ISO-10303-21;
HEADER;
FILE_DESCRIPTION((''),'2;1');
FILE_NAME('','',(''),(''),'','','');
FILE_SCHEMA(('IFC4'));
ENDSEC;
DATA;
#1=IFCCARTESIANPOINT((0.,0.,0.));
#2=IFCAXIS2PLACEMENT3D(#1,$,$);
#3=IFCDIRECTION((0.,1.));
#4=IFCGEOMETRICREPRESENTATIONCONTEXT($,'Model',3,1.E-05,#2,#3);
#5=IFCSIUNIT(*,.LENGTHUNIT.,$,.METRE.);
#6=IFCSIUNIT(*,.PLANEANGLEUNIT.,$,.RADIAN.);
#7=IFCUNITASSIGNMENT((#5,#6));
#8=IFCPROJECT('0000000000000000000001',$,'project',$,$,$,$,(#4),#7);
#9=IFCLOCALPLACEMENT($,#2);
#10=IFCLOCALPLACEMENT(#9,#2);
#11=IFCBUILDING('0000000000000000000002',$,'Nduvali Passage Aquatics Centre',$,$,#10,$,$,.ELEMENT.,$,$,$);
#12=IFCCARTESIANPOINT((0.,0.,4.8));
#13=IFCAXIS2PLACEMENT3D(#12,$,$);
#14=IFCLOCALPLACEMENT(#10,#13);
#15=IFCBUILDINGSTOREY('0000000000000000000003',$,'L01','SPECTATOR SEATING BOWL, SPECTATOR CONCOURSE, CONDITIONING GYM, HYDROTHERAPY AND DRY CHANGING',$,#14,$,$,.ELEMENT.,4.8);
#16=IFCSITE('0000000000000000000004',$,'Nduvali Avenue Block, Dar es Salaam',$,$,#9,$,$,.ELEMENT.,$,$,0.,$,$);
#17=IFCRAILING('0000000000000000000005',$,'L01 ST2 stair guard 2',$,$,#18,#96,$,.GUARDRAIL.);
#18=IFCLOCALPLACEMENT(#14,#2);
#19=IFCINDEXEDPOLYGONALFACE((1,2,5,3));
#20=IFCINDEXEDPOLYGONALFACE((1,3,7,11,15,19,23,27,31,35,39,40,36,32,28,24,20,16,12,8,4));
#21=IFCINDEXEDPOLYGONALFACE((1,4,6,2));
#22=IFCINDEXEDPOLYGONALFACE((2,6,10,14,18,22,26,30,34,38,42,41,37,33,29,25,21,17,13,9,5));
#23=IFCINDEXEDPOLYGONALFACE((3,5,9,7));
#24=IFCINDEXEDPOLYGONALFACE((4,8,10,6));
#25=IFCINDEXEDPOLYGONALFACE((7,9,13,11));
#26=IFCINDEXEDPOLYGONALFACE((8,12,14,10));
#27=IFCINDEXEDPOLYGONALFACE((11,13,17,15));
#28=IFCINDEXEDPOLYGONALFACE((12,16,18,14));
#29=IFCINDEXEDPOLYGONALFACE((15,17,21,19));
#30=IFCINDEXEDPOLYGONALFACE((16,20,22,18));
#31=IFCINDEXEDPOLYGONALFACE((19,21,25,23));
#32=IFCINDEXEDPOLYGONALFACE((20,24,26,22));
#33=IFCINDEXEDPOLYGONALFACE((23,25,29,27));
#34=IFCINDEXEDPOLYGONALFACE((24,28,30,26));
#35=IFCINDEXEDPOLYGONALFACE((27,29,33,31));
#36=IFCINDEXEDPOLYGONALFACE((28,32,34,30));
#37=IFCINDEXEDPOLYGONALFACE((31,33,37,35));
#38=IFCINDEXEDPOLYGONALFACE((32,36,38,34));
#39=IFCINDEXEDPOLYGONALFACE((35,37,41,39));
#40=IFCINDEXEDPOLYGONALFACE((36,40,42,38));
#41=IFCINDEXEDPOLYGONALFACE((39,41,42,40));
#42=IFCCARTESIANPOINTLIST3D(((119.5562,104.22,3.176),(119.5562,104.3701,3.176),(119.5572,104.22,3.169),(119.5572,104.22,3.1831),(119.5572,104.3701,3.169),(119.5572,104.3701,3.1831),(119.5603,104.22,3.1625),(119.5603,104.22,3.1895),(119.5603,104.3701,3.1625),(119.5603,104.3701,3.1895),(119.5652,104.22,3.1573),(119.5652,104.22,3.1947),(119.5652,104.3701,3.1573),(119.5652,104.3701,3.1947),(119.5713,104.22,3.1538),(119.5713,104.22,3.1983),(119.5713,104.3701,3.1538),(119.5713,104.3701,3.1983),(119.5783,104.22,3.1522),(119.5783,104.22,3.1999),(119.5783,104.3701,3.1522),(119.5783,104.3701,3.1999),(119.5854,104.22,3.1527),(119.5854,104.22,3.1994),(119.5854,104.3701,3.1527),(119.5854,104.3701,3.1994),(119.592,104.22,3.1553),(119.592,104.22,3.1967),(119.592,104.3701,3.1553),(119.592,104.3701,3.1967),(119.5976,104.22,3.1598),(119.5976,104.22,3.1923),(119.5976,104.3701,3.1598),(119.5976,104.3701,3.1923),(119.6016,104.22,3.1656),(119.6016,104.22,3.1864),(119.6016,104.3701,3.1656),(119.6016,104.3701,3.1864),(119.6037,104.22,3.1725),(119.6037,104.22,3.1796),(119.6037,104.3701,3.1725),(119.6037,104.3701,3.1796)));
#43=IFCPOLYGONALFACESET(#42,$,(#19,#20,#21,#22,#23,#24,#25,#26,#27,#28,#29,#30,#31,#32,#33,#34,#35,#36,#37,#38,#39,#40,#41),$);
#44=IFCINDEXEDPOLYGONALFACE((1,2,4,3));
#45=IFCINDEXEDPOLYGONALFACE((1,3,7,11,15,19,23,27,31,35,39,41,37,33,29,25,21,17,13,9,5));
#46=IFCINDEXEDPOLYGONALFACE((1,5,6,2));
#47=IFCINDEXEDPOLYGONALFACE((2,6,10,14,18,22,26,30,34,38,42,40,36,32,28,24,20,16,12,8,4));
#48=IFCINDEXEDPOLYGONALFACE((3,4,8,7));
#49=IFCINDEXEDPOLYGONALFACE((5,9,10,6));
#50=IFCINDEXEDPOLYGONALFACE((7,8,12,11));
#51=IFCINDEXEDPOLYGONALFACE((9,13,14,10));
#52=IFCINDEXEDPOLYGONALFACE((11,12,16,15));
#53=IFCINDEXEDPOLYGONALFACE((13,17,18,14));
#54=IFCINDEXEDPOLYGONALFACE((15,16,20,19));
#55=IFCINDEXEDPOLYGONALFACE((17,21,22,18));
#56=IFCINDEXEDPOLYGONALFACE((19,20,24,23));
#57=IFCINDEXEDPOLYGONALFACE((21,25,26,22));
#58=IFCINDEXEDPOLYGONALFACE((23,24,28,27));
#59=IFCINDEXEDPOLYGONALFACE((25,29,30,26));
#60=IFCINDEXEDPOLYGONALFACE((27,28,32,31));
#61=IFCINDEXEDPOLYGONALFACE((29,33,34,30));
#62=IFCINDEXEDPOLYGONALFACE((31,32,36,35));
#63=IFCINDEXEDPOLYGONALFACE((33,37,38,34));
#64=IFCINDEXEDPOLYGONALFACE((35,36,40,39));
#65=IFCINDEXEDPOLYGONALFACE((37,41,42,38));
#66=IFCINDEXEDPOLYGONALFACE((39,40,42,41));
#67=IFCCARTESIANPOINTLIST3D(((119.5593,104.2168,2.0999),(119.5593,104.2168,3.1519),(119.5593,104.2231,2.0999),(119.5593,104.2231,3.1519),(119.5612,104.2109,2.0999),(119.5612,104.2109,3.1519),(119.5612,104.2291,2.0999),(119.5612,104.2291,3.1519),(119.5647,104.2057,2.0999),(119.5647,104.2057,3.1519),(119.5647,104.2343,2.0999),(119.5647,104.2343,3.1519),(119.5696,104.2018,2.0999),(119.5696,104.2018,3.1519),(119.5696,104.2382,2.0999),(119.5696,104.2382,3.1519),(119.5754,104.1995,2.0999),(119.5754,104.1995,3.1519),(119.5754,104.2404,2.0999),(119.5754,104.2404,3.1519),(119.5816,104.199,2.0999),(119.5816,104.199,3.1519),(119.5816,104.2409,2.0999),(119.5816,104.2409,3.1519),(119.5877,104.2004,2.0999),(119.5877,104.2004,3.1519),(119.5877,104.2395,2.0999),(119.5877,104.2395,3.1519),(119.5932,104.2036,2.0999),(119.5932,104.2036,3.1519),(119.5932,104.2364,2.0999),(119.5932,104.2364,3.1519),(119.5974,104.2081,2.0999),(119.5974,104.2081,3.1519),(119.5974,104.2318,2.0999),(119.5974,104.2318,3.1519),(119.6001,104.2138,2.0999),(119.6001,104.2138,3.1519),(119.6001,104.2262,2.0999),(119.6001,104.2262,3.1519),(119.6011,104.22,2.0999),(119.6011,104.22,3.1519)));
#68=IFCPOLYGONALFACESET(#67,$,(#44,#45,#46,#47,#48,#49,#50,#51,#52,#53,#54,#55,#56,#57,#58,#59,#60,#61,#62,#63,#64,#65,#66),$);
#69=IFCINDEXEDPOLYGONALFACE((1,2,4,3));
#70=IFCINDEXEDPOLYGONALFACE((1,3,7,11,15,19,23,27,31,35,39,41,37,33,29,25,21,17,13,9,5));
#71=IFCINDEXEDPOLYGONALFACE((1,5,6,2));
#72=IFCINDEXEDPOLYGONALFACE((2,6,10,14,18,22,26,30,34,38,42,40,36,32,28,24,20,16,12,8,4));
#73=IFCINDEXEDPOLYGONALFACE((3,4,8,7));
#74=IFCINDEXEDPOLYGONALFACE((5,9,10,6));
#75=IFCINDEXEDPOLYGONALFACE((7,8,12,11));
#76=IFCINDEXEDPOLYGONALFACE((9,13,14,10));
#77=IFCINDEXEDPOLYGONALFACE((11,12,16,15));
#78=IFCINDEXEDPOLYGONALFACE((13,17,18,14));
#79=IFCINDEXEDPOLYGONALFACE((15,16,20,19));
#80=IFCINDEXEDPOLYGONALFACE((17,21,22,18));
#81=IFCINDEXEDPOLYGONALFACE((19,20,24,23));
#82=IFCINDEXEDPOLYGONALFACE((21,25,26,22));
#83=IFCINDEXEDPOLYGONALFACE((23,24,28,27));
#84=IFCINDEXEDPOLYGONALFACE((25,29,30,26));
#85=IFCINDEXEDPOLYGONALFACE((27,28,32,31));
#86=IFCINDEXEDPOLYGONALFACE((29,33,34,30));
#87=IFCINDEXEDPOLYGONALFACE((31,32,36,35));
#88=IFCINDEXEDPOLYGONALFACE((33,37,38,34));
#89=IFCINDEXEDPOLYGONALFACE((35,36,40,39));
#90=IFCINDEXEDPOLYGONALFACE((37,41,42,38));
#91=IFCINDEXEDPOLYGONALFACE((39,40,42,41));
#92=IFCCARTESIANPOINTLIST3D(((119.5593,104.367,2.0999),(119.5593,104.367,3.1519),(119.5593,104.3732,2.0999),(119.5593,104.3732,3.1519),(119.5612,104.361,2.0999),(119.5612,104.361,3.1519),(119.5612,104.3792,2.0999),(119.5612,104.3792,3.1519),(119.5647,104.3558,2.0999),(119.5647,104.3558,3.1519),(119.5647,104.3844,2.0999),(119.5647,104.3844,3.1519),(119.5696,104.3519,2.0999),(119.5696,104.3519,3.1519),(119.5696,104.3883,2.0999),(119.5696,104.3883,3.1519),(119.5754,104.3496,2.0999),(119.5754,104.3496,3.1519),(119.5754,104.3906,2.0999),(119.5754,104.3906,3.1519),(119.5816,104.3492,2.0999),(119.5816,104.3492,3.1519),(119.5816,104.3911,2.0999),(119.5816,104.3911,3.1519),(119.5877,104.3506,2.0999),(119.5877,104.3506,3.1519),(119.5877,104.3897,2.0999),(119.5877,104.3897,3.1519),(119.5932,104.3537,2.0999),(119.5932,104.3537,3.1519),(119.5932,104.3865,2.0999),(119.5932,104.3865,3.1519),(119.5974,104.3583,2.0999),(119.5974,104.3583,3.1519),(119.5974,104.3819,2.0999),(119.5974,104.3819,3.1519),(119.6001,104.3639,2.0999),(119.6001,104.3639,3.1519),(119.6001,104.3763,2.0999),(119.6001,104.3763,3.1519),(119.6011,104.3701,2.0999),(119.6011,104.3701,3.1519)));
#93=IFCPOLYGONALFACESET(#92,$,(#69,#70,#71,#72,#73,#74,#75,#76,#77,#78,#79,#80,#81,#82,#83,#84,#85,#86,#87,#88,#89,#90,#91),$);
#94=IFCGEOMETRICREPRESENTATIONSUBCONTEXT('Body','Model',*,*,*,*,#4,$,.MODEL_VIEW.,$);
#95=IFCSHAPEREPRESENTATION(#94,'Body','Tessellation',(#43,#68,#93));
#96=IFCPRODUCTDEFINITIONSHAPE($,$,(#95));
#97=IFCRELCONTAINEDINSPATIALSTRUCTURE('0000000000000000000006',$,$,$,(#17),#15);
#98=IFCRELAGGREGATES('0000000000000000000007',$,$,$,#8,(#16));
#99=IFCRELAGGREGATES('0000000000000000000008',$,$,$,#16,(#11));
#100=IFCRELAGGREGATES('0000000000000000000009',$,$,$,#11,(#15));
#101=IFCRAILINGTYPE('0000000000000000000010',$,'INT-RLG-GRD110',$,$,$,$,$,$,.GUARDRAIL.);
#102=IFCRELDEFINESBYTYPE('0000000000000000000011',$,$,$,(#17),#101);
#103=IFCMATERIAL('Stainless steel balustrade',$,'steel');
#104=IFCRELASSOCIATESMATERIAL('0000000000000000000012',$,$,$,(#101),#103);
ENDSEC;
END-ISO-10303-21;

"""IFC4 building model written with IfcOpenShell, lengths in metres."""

from ifc_helpers import new_model, si_unit, direction, frame, origin, origin_2d, place, context, subcontext, project, spatial, circle, extrude, material, type_object, element, save


model = new_model("IFC4")

# Units and contexts
model_context = context("Model", 3, precision=1e-05, world=origin(), true_north=direction((0.0, 1.0)))
body_context = subcontext(model_context, "Body", "Model", "MODEL_VIEW")
ifc_project = project(units=[si_unit("LENGTHUNIT", "METRE"), si_unit("PLANEANGLEUNIT", "RADIAN")], contexts=[model_context])

# Site, building, storey
site_placement = place(None, origin())
site = spatial("IfcSite", under=ifc_project, at=site_placement, Name="Nduvali Avenue Block, Dar es Salaam", CompositionType="ELEMENT", RefElevation=0.0)
building_placement = place(site_placement, origin())
building = spatial("IfcBuilding", under=site, at=building_placement, Name="Nduvali Passage Aquatics Centre", CompositionType="ELEMENT")
storey_placement = place(building_placement, frame((0.0, 0.0, 4.8)))
storey = spatial("IfcBuildingStorey", under=building, at=storey_placement, Name="L01", Description="SPECTATOR SEATING BOWL, SPECTATOR CONCOURSE, CONDITIONING GYM, HYDROTHERAPY AND DRY CHANGING", CompositionType="ELEMENT", Elevation=4.8)

# Railing
ifc_material_1 = material(Name="Stainless steel balustrade", Category="steel")
railing_type_1 = type_object("IfcRailingType", Name="INT-RLG-GRD110", PredefinedType="GUARDRAIL", material=ifc_material_1)
railing_1_placement = place(storey_placement, frame((119.5801, 104.22, 2.0999)))
element("IfcRailing", 1, at=railing_1_placement, inside=storey, type_object=railing_type_1, Name="L01 ST2 stair guard 2", PredefinedType="GUARDRAIL", context=body_context, shape_type="SweptSolid", body=[
    extrude(circle(Radius=0.0239, at=origin_2d()), frame((0.0, 0.0, 1.0762), z_axis=(0.0, 1.0, 0.0), x_axis=(-1.0, 0.0, 0.0)), (0.0, 0.0, 1.0), 0.1501),
    extrude(circle(Radius=0.021, at=origin_2d()), origin(), (0.0, 0.0, 1.0), 1.052),
    extrude(circle(Radius=0.021, at=origin_2d()), frame((0.0, 0.1501, 0.0)), (0.0, 0.0, 1.0), 1.052),
])

save(model, "model.ifc")
